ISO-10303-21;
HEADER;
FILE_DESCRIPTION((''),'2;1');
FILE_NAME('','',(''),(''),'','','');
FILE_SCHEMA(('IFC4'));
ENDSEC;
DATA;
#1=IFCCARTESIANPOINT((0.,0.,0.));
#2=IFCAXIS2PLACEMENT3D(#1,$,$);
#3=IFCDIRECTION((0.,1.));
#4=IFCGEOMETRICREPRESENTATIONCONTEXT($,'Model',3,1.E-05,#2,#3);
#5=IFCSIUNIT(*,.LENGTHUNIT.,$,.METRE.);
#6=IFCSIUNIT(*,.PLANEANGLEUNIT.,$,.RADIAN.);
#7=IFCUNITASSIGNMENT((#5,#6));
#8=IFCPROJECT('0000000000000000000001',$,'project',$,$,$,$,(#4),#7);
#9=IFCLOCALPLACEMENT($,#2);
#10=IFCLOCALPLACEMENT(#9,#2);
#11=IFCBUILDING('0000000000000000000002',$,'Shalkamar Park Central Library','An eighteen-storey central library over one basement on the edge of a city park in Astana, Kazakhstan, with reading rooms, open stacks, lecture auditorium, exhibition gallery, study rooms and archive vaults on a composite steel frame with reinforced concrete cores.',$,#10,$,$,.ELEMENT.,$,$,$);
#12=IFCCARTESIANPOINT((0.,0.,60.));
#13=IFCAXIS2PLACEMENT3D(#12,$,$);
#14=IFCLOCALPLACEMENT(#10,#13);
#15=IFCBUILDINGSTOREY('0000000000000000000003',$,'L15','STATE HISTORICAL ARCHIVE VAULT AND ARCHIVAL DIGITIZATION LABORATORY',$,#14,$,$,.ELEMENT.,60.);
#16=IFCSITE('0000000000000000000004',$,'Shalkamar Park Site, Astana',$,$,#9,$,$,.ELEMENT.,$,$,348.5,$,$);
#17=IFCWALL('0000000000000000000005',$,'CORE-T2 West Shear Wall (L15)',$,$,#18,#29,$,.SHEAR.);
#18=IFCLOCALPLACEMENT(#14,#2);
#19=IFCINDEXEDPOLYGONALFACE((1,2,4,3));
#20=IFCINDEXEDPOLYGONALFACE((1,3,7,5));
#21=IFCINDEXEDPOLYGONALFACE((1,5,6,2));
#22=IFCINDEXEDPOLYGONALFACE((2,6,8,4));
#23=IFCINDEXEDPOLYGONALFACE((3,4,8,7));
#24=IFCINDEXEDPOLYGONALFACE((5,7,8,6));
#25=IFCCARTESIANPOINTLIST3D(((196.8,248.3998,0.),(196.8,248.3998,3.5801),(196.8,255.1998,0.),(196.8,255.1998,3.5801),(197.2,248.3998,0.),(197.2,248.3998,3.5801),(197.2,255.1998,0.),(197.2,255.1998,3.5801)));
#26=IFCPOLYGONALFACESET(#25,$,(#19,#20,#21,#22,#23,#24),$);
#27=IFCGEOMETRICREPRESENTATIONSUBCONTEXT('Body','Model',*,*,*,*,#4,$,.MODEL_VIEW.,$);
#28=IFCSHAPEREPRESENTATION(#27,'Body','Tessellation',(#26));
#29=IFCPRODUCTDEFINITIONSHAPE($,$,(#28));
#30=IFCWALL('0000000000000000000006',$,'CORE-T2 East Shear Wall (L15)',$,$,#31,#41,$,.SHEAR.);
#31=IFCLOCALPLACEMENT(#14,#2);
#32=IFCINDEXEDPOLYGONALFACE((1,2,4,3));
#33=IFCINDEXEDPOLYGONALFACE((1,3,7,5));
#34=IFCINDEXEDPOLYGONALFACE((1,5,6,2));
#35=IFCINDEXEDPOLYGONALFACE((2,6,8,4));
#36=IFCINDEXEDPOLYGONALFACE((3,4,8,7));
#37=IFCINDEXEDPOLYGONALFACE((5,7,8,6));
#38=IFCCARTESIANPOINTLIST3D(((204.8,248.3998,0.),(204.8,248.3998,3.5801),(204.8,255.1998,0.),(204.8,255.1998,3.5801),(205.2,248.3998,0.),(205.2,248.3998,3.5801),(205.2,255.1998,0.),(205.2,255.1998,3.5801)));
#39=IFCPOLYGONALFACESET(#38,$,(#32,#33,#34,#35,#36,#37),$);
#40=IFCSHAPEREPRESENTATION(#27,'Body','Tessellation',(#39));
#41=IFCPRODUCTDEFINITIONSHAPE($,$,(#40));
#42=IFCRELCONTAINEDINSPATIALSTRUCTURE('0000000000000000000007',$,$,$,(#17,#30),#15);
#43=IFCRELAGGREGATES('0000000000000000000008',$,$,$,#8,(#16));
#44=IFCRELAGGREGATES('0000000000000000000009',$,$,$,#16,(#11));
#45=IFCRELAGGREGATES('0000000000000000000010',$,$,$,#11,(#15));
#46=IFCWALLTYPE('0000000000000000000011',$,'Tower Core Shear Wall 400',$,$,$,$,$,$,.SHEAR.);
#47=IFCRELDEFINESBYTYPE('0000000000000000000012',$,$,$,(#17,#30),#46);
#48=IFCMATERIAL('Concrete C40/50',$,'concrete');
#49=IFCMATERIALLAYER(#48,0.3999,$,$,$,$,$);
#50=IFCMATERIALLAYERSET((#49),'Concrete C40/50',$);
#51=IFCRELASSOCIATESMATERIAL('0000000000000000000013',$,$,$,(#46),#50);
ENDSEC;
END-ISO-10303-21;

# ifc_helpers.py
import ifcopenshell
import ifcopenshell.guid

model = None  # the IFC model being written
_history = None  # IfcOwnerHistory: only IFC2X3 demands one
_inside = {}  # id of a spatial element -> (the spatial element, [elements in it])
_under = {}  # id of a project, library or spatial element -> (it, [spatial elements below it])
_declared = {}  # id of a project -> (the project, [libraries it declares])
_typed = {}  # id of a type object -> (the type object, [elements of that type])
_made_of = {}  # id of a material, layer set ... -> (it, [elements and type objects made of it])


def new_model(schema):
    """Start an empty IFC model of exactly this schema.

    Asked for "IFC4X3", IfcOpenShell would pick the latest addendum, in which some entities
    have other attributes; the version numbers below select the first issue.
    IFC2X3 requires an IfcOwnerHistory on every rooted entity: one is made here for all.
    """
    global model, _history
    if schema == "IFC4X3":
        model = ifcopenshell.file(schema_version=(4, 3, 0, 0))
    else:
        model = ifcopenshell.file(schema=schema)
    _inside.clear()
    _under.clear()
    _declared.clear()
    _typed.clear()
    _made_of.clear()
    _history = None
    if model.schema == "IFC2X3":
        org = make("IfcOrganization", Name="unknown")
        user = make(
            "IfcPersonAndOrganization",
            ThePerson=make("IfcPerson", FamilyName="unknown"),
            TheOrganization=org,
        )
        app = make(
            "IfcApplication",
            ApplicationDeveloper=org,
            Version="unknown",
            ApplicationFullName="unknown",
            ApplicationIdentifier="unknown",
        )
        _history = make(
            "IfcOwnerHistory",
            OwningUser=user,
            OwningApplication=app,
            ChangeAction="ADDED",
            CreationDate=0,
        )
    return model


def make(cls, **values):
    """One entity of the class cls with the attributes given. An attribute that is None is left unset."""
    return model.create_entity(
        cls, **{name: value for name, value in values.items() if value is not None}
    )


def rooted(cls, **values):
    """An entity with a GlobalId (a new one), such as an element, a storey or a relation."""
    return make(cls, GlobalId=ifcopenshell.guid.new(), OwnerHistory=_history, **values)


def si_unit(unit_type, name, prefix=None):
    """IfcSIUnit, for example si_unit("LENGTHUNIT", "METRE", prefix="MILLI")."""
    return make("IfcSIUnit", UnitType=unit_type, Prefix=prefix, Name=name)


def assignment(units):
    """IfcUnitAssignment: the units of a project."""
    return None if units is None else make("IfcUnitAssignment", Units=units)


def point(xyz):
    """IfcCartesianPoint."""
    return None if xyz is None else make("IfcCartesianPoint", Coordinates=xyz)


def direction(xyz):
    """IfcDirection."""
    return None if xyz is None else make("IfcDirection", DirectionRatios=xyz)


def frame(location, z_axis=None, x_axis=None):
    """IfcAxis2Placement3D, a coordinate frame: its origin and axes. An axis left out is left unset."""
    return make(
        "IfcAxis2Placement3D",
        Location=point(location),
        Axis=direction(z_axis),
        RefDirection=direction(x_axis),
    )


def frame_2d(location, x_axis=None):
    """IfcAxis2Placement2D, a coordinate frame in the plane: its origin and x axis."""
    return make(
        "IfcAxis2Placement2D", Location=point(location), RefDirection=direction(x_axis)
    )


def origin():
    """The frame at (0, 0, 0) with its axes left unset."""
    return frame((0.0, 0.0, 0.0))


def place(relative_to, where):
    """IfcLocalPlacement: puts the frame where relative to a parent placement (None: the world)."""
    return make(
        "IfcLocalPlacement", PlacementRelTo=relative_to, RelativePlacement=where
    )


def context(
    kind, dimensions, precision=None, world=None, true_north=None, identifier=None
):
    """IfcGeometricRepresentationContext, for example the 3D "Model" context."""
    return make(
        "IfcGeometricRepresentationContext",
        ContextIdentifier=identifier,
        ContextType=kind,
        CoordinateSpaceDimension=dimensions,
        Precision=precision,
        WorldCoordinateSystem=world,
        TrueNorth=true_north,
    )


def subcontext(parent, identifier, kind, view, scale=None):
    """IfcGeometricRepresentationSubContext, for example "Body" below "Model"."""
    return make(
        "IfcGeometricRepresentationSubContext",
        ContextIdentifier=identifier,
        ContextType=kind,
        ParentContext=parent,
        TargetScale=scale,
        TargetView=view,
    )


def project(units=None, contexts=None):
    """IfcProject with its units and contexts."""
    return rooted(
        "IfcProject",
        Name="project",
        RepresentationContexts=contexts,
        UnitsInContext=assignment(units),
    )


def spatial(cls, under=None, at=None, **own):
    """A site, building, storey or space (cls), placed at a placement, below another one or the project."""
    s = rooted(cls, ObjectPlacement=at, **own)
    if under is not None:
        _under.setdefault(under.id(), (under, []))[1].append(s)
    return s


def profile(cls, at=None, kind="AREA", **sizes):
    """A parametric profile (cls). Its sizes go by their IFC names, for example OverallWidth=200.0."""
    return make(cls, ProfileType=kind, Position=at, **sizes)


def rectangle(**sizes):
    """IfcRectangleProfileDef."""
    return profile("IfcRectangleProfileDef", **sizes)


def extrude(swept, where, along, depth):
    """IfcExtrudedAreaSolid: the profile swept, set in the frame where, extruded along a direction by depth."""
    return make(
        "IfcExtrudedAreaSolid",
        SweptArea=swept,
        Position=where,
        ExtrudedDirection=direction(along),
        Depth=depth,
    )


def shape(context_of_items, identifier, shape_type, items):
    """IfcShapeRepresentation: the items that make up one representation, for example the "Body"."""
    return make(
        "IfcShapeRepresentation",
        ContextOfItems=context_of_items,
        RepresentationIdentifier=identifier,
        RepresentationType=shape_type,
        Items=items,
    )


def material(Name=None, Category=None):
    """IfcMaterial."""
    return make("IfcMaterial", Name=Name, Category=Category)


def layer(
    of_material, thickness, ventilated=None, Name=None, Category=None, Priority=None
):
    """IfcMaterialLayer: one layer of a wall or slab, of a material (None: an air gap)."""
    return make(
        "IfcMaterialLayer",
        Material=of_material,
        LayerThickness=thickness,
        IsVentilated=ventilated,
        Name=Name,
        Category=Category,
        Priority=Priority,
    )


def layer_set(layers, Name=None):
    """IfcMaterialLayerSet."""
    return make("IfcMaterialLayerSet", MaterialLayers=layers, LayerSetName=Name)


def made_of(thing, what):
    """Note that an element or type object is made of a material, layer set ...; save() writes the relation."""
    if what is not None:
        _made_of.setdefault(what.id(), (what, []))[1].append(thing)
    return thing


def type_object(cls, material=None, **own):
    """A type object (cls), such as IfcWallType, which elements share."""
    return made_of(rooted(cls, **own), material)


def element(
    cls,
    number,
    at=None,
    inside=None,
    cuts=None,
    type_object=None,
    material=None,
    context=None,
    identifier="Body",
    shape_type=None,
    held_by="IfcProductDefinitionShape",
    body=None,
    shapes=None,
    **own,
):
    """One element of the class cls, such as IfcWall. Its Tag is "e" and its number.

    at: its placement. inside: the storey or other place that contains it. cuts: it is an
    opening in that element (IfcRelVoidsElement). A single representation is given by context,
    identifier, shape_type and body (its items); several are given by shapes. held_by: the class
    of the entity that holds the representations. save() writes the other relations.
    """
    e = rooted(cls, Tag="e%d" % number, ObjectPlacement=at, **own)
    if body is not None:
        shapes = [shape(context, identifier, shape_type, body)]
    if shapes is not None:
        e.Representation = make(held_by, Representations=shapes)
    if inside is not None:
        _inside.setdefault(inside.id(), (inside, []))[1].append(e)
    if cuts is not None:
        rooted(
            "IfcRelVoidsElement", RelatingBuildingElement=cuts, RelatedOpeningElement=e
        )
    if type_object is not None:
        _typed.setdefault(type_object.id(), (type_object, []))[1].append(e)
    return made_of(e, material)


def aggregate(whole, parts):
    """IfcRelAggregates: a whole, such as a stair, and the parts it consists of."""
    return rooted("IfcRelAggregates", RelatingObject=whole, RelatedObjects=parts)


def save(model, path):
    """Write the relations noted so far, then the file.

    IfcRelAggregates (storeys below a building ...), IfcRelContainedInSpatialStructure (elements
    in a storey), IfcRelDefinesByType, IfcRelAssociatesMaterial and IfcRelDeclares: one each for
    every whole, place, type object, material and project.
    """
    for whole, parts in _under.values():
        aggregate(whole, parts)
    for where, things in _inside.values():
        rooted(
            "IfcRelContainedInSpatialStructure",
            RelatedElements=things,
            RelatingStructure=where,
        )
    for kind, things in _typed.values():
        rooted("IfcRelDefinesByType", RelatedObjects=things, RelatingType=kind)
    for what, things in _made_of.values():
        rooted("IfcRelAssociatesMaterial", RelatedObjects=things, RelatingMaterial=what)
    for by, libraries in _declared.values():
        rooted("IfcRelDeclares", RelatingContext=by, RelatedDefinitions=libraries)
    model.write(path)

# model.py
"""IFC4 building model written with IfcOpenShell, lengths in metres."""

from ifc_helpers import new_model, si_unit, direction, frame, frame_2d, origin, place, context, subcontext, project, spatial, rectangle, extrude, material, layer, layer_set, type_object, element, save


model = new_model("IFC4")

# Units and contexts
model_context = context("Model", 3, precision=1e-05, world=origin(), true_north=direction((0.0, 1.0)))
body_context = subcontext(model_context, "Body", "Model", "MODEL_VIEW")
ifc_project = project(units=[si_unit("LENGTHUNIT", "METRE"), si_unit("PLANEANGLEUNIT", "RADIAN")], contexts=[model_context])

# Site, building, storey
site_placement = place(None, origin())
site = spatial("IfcSite", under=ifc_project, at=site_placement, Name="Shalkamar Park Site, Astana", CompositionType="ELEMENT", RefElevation=348.5)
building_placement = place(site_placement, origin())
building = spatial("IfcBuilding", under=site, at=building_placement, Name="Shalkamar Park Central Library", Description="An eighteen-storey central library over one basement on the edge of a city park in Astana, Kazakhstan, with reading rooms, open stacks, lecture auditorium, exhibition gallery, study rooms and archive vaults on a composite steel frame with reinforced concrete cores.", CompositionType="ELEMENT")
storey_placement = place(building_placement, frame((0.0, 0.0, 60.0)))
storey = spatial("IfcBuildingStorey", under=building, at=storey_placement, Name="L15", Description="STATE HISTORICAL ARCHIVE VAULT AND ARCHIVAL DIGITIZATION LABORATORY", CompositionType="ELEMENT", Elevation=60.0)

# Walls
ifc_material_1 = material(Name="Concrete C40/50", Category="concrete")
ifc_layer_1 = layer(ifc_material_1, 0.3999)
ifc_layer_set_1 = layer_set([ifc_layer_1], Name="Concrete C40/50")
wall_type_1 = type_object("IfcWallType", Name="Tower Core Shear Wall 400", PredefinedType="SHEAR", material=ifc_layer_set_1)
for number, where, z_axis, x_axis, name in (
    (1, (197.0, 248.3999, 0.0), (0.0, 0.0, 1.0), (0.0, 1.0, 0.0), "CORE-T2 West Shear Wall (L15)"),
    (2, (205.0, 248.3999, 0.0), (0.0, 0.0, 1.0), (0.0, 1.0, 0.0), "CORE-T2 East Shear Wall (L15)"),
):
    element("IfcWall", number, at=place(storey_placement, frame(where, z_axis=z_axis, x_axis=x_axis)), inside=storey, type_object=wall_type_1, Name=name, PredefinedType="SHEAR", context=body_context, shape_type="SweptSolid", body=[
        extrude(rectangle(XDim=6.8, YDim=0.3999, at=frame_2d((3.3999, 0.0))), origin(), (0.0, 0.0, 1.0), 3.5801),
    ])

save(model, "model.ifc")
